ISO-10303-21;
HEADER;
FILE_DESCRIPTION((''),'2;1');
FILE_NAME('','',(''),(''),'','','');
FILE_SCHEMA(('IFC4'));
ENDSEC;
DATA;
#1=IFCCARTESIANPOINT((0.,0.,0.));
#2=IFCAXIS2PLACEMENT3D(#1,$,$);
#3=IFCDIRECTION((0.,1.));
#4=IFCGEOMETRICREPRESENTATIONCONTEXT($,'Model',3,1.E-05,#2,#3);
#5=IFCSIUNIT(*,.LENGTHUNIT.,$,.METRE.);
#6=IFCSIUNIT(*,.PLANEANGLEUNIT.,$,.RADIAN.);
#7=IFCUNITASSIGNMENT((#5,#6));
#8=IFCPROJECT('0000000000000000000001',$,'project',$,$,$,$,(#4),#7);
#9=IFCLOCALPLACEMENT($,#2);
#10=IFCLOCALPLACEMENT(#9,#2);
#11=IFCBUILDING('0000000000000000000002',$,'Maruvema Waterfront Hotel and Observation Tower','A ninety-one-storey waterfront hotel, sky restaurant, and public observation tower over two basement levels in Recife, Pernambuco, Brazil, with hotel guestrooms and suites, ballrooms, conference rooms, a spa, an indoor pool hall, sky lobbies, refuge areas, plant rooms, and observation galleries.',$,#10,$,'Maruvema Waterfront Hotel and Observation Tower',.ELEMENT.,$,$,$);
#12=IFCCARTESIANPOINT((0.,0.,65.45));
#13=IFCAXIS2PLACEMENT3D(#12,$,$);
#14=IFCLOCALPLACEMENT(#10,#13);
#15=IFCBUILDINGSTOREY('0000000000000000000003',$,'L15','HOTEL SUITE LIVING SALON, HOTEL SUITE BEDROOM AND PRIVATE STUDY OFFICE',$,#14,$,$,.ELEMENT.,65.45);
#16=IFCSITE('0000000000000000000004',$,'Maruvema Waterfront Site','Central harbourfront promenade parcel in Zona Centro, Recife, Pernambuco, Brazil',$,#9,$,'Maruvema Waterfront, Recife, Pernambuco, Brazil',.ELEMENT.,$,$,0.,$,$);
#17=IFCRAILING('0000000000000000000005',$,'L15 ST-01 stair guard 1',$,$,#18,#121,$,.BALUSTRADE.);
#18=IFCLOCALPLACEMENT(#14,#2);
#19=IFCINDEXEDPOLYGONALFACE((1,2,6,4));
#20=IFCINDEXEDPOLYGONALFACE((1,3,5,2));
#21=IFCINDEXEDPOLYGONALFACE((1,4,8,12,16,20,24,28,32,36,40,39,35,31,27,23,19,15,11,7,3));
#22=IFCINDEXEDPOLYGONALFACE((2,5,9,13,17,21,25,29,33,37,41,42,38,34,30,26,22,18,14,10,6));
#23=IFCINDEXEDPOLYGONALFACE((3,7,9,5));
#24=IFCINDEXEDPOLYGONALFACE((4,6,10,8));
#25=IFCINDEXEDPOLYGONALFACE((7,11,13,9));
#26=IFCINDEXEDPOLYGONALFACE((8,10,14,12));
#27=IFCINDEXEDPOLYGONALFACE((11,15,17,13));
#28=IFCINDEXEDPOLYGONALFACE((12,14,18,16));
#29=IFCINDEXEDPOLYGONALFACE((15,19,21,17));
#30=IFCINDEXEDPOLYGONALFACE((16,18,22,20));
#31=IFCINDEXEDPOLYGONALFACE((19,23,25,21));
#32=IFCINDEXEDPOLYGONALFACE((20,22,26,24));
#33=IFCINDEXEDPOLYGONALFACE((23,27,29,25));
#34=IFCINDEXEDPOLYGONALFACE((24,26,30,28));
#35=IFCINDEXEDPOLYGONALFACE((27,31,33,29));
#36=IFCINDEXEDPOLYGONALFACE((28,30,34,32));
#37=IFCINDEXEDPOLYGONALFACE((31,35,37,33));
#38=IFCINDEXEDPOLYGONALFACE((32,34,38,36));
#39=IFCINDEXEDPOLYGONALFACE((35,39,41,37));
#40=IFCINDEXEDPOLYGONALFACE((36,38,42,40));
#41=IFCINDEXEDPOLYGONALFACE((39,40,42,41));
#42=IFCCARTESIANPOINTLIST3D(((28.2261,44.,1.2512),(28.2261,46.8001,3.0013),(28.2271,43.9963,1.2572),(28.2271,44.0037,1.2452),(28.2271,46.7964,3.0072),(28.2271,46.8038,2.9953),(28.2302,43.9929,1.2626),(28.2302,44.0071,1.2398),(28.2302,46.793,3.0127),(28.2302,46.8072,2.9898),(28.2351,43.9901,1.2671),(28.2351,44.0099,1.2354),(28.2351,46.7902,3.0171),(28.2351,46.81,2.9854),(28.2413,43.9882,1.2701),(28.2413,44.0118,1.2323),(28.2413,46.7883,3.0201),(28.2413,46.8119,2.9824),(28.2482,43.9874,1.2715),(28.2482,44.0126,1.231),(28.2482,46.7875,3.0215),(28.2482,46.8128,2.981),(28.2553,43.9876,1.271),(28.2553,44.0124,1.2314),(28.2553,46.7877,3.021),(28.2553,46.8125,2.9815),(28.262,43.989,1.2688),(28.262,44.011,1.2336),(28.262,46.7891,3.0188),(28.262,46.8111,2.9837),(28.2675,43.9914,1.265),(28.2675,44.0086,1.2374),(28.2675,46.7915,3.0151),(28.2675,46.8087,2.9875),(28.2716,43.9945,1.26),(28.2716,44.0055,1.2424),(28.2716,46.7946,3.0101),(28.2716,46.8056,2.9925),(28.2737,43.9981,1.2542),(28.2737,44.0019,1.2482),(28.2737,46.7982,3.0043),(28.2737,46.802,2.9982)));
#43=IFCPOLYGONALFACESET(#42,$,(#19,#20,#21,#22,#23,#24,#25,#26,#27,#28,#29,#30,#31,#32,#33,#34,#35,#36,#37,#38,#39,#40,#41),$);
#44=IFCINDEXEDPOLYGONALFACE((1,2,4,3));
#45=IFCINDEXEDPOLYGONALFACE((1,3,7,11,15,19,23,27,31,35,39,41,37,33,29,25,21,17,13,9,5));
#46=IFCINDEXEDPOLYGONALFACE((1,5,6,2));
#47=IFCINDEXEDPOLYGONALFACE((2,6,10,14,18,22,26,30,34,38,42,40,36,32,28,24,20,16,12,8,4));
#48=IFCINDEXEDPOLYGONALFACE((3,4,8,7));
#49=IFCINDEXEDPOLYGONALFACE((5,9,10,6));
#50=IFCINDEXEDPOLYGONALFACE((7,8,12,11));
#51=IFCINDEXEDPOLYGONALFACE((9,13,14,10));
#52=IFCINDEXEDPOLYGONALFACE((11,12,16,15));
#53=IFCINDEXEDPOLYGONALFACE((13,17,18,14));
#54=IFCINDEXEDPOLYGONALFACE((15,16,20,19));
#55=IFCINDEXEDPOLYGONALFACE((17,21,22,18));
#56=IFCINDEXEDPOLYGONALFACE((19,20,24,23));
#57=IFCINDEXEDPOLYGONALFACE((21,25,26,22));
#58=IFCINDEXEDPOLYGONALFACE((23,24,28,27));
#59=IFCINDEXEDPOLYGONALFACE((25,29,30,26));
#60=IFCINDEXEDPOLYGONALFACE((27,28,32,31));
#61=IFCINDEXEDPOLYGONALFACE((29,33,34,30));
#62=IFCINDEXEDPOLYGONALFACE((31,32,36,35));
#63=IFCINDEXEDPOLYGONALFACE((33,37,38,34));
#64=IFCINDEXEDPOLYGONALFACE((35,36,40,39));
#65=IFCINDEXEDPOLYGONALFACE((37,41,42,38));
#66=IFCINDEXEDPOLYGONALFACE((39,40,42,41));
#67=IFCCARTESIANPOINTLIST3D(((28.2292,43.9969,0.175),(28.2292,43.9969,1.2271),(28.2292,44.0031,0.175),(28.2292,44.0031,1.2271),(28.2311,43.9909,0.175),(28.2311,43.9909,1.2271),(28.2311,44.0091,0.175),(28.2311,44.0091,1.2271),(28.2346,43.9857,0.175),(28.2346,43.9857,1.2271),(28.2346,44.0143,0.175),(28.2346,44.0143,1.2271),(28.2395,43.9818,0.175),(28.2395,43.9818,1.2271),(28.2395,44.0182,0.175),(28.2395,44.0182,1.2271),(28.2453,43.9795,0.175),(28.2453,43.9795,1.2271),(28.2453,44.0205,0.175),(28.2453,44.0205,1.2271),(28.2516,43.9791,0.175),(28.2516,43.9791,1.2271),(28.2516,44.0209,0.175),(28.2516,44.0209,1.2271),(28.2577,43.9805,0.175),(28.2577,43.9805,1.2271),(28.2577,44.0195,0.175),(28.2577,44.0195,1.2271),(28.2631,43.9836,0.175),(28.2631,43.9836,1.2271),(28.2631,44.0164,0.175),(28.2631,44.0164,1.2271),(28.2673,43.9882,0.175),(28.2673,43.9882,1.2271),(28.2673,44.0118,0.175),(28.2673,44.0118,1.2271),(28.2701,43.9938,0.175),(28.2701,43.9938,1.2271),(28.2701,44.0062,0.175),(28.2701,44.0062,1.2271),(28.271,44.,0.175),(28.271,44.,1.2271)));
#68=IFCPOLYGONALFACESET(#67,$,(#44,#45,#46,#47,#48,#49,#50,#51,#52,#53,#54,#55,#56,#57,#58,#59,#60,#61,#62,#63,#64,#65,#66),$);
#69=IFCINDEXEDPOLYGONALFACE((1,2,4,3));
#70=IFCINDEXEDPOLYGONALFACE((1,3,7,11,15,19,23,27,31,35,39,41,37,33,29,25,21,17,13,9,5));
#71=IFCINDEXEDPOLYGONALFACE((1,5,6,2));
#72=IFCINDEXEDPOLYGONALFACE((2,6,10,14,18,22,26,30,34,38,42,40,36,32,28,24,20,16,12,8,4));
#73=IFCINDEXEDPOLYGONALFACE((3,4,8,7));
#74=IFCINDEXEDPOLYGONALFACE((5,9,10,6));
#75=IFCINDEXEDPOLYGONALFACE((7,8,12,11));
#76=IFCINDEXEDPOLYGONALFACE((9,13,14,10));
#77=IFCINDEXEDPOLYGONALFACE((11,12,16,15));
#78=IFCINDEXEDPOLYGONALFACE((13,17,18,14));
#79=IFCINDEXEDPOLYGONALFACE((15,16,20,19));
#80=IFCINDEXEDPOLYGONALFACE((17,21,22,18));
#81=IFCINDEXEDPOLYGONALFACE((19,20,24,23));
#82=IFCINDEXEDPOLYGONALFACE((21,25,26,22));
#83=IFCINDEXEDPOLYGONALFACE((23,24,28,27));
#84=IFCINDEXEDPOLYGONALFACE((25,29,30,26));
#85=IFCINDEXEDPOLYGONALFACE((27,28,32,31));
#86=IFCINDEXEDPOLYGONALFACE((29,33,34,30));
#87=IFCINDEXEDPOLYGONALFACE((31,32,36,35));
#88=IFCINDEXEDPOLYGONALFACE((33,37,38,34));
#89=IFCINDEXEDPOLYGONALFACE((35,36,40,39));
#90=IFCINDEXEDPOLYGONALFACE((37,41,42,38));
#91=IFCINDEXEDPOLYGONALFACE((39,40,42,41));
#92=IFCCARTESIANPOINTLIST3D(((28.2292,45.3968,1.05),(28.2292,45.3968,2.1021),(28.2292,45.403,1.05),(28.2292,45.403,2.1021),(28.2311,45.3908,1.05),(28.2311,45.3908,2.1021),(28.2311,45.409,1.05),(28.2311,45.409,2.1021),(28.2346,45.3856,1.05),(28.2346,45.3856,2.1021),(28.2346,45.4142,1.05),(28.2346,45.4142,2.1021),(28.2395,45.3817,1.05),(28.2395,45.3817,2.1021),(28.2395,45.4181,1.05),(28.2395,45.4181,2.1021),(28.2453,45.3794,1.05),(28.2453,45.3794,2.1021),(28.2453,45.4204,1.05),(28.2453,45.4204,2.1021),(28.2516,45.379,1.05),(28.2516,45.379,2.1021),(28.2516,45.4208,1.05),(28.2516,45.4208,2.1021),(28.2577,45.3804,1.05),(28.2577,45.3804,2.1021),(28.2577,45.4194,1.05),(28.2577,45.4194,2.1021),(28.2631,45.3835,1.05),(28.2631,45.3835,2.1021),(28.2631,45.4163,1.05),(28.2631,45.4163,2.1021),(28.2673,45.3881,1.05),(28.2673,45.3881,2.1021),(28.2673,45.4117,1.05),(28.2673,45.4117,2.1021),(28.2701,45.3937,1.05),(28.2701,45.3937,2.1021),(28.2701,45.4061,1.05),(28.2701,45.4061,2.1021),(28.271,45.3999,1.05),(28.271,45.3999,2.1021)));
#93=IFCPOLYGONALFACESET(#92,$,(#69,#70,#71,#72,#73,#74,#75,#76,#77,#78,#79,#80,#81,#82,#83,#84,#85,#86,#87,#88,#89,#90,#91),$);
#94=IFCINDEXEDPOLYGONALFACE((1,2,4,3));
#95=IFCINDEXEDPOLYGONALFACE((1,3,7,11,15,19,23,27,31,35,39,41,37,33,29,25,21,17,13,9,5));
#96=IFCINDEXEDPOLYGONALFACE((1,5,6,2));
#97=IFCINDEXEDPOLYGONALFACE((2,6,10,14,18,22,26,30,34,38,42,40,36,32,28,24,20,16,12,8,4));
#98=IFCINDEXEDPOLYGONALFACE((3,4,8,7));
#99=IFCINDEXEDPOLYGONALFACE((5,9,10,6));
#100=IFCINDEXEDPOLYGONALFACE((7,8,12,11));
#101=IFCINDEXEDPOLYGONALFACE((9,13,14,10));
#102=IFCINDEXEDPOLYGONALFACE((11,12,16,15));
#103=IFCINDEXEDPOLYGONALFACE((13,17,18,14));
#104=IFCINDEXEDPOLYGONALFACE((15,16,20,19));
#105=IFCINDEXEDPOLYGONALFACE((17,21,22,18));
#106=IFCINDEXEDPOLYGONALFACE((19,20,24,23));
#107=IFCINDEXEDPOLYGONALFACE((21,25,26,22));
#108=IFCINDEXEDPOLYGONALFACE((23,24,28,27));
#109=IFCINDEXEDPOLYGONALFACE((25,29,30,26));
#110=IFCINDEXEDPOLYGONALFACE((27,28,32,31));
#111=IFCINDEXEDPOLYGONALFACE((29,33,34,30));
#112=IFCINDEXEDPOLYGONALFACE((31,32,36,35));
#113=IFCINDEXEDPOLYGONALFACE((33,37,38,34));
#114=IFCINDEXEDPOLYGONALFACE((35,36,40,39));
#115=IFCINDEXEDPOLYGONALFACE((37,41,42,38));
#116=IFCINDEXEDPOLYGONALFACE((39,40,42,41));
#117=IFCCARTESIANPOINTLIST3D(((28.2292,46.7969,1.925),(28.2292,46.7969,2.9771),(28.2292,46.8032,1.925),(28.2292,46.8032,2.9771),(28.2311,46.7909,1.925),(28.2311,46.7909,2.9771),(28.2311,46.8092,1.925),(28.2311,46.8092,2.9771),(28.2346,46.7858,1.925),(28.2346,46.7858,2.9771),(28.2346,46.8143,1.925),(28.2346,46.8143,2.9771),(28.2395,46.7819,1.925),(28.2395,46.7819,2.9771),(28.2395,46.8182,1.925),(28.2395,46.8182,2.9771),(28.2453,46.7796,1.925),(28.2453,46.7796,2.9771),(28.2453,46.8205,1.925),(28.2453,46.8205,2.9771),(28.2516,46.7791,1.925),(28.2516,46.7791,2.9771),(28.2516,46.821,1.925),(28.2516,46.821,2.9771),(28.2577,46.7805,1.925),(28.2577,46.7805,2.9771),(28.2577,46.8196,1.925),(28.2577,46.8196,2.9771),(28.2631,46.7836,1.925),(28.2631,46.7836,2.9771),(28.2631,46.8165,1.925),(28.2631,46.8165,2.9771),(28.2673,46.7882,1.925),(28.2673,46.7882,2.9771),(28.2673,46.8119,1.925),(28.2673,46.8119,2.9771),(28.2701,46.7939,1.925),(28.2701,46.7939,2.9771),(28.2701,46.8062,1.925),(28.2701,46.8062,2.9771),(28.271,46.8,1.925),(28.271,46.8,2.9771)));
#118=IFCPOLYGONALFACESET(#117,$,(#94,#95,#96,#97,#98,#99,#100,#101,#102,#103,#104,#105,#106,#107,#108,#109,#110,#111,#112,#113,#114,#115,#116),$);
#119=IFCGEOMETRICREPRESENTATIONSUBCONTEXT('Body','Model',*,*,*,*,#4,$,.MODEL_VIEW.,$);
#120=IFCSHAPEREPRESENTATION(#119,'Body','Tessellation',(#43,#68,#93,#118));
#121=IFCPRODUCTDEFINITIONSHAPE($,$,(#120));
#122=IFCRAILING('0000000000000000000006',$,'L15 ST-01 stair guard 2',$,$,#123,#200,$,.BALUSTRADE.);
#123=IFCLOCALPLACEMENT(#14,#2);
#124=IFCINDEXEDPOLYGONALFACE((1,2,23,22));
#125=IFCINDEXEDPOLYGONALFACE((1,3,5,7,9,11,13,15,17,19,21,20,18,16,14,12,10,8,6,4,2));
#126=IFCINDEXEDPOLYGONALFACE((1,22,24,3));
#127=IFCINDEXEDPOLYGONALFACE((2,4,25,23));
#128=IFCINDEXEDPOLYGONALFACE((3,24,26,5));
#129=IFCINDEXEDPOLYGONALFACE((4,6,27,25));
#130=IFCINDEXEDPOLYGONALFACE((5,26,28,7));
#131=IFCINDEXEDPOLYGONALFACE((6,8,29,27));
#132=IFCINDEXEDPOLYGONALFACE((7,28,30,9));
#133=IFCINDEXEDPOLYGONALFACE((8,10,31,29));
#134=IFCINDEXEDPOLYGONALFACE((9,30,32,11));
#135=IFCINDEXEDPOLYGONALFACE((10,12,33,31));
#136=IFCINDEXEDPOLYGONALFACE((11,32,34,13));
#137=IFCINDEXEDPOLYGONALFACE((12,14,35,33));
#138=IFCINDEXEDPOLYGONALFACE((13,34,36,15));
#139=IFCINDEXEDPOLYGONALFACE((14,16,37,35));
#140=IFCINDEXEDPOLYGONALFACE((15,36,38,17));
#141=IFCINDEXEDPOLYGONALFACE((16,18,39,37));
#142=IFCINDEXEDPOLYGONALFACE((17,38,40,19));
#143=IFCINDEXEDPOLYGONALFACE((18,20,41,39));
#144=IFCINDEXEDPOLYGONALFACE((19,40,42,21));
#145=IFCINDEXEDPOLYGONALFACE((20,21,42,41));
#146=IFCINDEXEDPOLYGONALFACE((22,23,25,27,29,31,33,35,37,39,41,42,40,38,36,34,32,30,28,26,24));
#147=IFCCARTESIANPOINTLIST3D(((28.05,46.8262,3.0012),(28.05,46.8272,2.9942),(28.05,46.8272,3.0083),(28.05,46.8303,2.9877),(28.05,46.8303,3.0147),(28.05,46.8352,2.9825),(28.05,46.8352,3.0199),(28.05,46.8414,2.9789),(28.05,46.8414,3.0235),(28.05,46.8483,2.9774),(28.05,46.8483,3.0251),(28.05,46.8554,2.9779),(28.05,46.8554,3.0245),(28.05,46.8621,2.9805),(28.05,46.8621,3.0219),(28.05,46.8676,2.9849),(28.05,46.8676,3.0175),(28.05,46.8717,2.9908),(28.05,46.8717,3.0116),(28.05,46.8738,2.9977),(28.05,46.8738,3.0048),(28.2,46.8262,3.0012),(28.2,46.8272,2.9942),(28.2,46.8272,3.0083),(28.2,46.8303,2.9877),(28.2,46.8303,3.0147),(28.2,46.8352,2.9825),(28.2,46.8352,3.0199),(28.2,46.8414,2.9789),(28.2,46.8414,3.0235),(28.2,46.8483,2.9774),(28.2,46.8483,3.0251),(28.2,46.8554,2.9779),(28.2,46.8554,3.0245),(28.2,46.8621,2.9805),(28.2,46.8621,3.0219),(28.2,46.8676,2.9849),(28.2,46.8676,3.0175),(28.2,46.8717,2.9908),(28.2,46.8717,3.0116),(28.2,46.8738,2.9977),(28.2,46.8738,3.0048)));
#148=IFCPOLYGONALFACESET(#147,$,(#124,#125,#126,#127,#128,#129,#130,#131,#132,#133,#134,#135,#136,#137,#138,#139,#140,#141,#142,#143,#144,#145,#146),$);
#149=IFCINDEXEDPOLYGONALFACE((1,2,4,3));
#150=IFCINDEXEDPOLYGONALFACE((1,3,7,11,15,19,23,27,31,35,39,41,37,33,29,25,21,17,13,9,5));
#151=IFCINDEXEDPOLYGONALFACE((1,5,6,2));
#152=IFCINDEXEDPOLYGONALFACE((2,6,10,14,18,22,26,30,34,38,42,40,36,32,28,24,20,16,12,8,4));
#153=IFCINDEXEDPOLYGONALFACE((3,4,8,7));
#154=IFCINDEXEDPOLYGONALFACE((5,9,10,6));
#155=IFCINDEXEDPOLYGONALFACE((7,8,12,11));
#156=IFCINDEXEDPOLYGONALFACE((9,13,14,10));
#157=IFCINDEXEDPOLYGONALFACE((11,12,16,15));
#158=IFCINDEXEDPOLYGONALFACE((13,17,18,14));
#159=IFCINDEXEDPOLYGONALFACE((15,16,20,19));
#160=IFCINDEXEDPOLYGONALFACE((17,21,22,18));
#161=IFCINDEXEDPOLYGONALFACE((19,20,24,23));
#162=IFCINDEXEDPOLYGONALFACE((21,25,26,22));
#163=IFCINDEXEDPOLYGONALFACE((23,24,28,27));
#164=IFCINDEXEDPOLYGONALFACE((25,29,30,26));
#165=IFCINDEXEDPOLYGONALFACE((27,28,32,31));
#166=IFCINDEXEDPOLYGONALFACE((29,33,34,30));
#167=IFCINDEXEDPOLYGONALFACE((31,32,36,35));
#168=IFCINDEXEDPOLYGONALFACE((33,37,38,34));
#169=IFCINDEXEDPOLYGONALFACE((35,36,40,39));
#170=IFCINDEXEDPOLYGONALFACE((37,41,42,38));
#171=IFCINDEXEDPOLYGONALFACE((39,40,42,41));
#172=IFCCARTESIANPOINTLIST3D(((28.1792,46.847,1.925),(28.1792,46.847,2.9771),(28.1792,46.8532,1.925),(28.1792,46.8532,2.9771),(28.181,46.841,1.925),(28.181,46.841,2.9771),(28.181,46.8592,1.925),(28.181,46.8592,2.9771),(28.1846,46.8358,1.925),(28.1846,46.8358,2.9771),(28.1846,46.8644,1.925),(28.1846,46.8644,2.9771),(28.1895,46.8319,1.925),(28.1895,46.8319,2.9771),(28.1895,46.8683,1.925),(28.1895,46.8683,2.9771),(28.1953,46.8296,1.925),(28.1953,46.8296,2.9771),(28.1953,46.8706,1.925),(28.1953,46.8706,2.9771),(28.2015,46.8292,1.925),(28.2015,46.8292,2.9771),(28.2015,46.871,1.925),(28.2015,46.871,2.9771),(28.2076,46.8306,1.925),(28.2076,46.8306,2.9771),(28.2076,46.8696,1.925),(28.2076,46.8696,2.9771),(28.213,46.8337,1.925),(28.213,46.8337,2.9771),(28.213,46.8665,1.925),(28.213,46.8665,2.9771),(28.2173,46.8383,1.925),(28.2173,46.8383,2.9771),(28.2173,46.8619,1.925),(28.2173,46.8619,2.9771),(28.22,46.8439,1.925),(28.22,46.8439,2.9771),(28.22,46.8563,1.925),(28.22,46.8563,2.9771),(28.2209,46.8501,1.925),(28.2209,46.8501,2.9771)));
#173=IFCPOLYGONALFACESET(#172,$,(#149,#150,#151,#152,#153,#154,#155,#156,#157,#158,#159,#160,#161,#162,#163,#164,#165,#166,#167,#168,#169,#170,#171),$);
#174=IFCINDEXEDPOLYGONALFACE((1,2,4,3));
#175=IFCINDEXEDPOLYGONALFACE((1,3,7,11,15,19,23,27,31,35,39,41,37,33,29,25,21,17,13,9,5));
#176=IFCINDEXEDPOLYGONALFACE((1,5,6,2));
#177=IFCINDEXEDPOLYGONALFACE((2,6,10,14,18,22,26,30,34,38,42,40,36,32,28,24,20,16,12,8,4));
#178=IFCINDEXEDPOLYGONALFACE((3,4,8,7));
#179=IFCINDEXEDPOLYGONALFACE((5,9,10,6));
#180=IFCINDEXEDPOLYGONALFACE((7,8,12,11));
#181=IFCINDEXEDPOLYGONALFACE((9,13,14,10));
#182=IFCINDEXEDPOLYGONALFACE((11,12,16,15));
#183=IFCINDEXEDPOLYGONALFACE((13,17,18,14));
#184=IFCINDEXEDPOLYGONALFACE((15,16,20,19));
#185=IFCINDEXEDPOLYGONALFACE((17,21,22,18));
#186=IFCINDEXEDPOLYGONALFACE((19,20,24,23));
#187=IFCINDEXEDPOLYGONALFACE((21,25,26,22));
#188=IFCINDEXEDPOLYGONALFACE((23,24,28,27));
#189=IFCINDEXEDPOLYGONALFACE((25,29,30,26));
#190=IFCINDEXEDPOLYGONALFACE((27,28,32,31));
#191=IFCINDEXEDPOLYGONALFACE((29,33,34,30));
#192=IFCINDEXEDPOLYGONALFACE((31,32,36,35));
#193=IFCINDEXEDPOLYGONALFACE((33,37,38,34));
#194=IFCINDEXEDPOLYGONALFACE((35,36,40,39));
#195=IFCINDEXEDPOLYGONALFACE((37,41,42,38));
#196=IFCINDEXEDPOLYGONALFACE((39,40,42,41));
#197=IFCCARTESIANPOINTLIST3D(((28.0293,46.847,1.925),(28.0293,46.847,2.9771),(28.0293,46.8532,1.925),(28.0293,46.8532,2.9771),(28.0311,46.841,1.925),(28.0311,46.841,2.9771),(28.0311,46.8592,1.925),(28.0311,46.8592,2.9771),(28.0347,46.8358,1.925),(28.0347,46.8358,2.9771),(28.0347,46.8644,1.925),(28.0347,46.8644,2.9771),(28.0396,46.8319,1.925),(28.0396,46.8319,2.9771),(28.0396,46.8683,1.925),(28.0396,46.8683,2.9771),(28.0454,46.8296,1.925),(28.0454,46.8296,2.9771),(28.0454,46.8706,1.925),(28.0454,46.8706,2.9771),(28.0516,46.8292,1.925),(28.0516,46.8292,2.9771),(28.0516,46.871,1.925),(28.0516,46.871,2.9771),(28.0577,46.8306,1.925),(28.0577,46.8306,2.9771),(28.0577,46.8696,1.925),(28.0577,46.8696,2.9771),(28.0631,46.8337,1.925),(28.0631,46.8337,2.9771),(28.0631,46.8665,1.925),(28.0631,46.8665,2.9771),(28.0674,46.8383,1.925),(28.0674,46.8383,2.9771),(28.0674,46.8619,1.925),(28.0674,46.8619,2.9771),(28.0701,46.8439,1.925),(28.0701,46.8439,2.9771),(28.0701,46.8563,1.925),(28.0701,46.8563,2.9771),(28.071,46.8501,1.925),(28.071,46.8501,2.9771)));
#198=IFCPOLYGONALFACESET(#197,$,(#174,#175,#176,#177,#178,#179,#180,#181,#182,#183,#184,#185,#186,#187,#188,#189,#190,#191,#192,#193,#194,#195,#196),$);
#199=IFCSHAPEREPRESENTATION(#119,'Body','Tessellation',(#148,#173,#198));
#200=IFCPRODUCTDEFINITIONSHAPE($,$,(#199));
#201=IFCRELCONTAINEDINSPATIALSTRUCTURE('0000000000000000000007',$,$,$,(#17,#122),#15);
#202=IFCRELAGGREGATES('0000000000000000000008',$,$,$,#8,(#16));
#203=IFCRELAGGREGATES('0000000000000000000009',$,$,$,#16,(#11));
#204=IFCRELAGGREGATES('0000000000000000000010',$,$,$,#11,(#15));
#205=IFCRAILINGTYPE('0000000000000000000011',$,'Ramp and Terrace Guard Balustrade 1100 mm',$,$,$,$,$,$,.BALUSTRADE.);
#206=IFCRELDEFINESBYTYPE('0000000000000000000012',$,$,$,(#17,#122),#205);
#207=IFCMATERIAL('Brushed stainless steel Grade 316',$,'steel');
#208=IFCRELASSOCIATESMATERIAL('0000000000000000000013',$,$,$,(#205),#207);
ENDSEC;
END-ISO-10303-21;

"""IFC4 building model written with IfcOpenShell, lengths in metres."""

from ifc_helpers import new_model, si_unit, direction, frame, origin, origin_2d, place, context, subcontext, project, spatial, circle, extrude, material, type_object, element, save


model = new_model("IFC4")

# Units and contexts
model_context = context("Model", 3, precision=1e-05, world=origin(), true_north=direction((0.0, 1.0)))
body_context = subcontext(model_context, "Body", "Model", "MODEL_VIEW")
ifc_project = project(units=[si_unit("LENGTHUNIT", "METRE"), si_unit("PLANEANGLEUNIT", "RADIAN")], contexts=[model_context])

# Site, building, storey
site_placement = place(None, origin())
site = spatial("IfcSite", under=ifc_project, at=site_placement, Name="Maruvema Waterfront Site", Description="Central harbourfront promenade parcel in Zona Centro, Recife, Pernambuco, Brazil", LongName="Maruvema Waterfront, Recife, Pernambuco, Brazil", CompositionType="ELEMENT", RefElevation=0.0)
building_placement = place(site_placement, origin())
building = spatial("IfcBuilding", under=site, at=building_placement, Name="Maruvema Waterfront Hotel and Observation Tower", Description="A ninety-one-storey waterfront hotel, sky restaurant, and public observation tower over two basement levels in Recife, Pernambuco, Brazil, with hotel guestrooms and suites, ballrooms, conference rooms, a spa, an indoor pool hall, sky lobbies, refuge areas, plant rooms, and observation galleries.", LongName="Maruvema Waterfront Hotel and Observation Tower", CompositionType="ELEMENT")
storey_placement = place(building_placement, frame((0.0, 0.0, 65.45)))
storey = spatial("IfcBuildingStorey", under=building, at=storey_placement, Name="L15", Description="HOTEL SUITE LIVING SALON, HOTEL SUITE BEDROOM AND PRIVATE STUDY OFFICE", CompositionType="ELEMENT", Elevation=65.45)

# Railings
ifc_material_1 = material(Name="Brushed stainless steel Grade 316", Category="steel")
railing_type_1 = type_object("IfcRailingType", Name="Ramp and Terrace Guard Balustrade 1100 mm", PredefinedType="BALUSTRADE", material=ifc_material_1)
railing_1_placement = place(storey_placement, frame((28.25, 44.0, 0.175)))
element("IfcRailing", 1, at=railing_1_placement, inside=storey, type_object=railing_type_1, Name="L15 ST-01 stair guard 1", PredefinedType="BALUSTRADE", context=body_context, shape_type="SweptSolid", body=[
    extrude(circle(Radius=0.0239, at=origin_2d()), frame((0.0, 0.0, 1.0762), z_axis=(0.0, 0.848002, 0.529992), x_axis=(-1.0, 0.0, 0.0)), (0.0, 0.0, 1.0), 3.302),
    extrude(circle(Radius=0.021, at=origin_2d()), origin(), (0.0, 0.0, 1.0), 1.052),
    extrude(circle(Radius=0.021, at=origin_2d()), frame((0.0, 1.3999, 0.875)), (0.0, 0.0, 1.0), 1.052),
    extrude(circle(Radius=0.021, at=origin_2d()), frame((0.0, 2.8, 1.75)), (0.0, 0.0, 1.0), 1.052),
])
railing_2_placement = place(storey_placement, frame((28.2, 46.8501, 1.925)))
element("IfcRailing", 2, at=railing_2_placement, inside=storey, type_object=railing_type_1, Name="L15 ST-01 stair guard 2", PredefinedType="BALUSTRADE", context=body_context, shape_type="SweptSolid", body=[
    extrude(circle(Radius=0.0239, at=origin_2d()), frame((0.0, 0.0, 1.0762), z_axis=(-1.0, 0.0, 0.0), x_axis=(0.0, -1.0, 0.0)), (0.0, 0.0, 1.0), 0.1499),
    extrude(circle(Radius=0.021, at=origin_2d()), origin(), (0.0, 0.0, 1.0), 1.052),
    extrude(circle(Radius=0.021, at=origin_2d()), frame((-0.1499, 0.0, 0.0)), (0.0, 0.0, 1.0), 1.052),
])

save(model, "model.ifc")
